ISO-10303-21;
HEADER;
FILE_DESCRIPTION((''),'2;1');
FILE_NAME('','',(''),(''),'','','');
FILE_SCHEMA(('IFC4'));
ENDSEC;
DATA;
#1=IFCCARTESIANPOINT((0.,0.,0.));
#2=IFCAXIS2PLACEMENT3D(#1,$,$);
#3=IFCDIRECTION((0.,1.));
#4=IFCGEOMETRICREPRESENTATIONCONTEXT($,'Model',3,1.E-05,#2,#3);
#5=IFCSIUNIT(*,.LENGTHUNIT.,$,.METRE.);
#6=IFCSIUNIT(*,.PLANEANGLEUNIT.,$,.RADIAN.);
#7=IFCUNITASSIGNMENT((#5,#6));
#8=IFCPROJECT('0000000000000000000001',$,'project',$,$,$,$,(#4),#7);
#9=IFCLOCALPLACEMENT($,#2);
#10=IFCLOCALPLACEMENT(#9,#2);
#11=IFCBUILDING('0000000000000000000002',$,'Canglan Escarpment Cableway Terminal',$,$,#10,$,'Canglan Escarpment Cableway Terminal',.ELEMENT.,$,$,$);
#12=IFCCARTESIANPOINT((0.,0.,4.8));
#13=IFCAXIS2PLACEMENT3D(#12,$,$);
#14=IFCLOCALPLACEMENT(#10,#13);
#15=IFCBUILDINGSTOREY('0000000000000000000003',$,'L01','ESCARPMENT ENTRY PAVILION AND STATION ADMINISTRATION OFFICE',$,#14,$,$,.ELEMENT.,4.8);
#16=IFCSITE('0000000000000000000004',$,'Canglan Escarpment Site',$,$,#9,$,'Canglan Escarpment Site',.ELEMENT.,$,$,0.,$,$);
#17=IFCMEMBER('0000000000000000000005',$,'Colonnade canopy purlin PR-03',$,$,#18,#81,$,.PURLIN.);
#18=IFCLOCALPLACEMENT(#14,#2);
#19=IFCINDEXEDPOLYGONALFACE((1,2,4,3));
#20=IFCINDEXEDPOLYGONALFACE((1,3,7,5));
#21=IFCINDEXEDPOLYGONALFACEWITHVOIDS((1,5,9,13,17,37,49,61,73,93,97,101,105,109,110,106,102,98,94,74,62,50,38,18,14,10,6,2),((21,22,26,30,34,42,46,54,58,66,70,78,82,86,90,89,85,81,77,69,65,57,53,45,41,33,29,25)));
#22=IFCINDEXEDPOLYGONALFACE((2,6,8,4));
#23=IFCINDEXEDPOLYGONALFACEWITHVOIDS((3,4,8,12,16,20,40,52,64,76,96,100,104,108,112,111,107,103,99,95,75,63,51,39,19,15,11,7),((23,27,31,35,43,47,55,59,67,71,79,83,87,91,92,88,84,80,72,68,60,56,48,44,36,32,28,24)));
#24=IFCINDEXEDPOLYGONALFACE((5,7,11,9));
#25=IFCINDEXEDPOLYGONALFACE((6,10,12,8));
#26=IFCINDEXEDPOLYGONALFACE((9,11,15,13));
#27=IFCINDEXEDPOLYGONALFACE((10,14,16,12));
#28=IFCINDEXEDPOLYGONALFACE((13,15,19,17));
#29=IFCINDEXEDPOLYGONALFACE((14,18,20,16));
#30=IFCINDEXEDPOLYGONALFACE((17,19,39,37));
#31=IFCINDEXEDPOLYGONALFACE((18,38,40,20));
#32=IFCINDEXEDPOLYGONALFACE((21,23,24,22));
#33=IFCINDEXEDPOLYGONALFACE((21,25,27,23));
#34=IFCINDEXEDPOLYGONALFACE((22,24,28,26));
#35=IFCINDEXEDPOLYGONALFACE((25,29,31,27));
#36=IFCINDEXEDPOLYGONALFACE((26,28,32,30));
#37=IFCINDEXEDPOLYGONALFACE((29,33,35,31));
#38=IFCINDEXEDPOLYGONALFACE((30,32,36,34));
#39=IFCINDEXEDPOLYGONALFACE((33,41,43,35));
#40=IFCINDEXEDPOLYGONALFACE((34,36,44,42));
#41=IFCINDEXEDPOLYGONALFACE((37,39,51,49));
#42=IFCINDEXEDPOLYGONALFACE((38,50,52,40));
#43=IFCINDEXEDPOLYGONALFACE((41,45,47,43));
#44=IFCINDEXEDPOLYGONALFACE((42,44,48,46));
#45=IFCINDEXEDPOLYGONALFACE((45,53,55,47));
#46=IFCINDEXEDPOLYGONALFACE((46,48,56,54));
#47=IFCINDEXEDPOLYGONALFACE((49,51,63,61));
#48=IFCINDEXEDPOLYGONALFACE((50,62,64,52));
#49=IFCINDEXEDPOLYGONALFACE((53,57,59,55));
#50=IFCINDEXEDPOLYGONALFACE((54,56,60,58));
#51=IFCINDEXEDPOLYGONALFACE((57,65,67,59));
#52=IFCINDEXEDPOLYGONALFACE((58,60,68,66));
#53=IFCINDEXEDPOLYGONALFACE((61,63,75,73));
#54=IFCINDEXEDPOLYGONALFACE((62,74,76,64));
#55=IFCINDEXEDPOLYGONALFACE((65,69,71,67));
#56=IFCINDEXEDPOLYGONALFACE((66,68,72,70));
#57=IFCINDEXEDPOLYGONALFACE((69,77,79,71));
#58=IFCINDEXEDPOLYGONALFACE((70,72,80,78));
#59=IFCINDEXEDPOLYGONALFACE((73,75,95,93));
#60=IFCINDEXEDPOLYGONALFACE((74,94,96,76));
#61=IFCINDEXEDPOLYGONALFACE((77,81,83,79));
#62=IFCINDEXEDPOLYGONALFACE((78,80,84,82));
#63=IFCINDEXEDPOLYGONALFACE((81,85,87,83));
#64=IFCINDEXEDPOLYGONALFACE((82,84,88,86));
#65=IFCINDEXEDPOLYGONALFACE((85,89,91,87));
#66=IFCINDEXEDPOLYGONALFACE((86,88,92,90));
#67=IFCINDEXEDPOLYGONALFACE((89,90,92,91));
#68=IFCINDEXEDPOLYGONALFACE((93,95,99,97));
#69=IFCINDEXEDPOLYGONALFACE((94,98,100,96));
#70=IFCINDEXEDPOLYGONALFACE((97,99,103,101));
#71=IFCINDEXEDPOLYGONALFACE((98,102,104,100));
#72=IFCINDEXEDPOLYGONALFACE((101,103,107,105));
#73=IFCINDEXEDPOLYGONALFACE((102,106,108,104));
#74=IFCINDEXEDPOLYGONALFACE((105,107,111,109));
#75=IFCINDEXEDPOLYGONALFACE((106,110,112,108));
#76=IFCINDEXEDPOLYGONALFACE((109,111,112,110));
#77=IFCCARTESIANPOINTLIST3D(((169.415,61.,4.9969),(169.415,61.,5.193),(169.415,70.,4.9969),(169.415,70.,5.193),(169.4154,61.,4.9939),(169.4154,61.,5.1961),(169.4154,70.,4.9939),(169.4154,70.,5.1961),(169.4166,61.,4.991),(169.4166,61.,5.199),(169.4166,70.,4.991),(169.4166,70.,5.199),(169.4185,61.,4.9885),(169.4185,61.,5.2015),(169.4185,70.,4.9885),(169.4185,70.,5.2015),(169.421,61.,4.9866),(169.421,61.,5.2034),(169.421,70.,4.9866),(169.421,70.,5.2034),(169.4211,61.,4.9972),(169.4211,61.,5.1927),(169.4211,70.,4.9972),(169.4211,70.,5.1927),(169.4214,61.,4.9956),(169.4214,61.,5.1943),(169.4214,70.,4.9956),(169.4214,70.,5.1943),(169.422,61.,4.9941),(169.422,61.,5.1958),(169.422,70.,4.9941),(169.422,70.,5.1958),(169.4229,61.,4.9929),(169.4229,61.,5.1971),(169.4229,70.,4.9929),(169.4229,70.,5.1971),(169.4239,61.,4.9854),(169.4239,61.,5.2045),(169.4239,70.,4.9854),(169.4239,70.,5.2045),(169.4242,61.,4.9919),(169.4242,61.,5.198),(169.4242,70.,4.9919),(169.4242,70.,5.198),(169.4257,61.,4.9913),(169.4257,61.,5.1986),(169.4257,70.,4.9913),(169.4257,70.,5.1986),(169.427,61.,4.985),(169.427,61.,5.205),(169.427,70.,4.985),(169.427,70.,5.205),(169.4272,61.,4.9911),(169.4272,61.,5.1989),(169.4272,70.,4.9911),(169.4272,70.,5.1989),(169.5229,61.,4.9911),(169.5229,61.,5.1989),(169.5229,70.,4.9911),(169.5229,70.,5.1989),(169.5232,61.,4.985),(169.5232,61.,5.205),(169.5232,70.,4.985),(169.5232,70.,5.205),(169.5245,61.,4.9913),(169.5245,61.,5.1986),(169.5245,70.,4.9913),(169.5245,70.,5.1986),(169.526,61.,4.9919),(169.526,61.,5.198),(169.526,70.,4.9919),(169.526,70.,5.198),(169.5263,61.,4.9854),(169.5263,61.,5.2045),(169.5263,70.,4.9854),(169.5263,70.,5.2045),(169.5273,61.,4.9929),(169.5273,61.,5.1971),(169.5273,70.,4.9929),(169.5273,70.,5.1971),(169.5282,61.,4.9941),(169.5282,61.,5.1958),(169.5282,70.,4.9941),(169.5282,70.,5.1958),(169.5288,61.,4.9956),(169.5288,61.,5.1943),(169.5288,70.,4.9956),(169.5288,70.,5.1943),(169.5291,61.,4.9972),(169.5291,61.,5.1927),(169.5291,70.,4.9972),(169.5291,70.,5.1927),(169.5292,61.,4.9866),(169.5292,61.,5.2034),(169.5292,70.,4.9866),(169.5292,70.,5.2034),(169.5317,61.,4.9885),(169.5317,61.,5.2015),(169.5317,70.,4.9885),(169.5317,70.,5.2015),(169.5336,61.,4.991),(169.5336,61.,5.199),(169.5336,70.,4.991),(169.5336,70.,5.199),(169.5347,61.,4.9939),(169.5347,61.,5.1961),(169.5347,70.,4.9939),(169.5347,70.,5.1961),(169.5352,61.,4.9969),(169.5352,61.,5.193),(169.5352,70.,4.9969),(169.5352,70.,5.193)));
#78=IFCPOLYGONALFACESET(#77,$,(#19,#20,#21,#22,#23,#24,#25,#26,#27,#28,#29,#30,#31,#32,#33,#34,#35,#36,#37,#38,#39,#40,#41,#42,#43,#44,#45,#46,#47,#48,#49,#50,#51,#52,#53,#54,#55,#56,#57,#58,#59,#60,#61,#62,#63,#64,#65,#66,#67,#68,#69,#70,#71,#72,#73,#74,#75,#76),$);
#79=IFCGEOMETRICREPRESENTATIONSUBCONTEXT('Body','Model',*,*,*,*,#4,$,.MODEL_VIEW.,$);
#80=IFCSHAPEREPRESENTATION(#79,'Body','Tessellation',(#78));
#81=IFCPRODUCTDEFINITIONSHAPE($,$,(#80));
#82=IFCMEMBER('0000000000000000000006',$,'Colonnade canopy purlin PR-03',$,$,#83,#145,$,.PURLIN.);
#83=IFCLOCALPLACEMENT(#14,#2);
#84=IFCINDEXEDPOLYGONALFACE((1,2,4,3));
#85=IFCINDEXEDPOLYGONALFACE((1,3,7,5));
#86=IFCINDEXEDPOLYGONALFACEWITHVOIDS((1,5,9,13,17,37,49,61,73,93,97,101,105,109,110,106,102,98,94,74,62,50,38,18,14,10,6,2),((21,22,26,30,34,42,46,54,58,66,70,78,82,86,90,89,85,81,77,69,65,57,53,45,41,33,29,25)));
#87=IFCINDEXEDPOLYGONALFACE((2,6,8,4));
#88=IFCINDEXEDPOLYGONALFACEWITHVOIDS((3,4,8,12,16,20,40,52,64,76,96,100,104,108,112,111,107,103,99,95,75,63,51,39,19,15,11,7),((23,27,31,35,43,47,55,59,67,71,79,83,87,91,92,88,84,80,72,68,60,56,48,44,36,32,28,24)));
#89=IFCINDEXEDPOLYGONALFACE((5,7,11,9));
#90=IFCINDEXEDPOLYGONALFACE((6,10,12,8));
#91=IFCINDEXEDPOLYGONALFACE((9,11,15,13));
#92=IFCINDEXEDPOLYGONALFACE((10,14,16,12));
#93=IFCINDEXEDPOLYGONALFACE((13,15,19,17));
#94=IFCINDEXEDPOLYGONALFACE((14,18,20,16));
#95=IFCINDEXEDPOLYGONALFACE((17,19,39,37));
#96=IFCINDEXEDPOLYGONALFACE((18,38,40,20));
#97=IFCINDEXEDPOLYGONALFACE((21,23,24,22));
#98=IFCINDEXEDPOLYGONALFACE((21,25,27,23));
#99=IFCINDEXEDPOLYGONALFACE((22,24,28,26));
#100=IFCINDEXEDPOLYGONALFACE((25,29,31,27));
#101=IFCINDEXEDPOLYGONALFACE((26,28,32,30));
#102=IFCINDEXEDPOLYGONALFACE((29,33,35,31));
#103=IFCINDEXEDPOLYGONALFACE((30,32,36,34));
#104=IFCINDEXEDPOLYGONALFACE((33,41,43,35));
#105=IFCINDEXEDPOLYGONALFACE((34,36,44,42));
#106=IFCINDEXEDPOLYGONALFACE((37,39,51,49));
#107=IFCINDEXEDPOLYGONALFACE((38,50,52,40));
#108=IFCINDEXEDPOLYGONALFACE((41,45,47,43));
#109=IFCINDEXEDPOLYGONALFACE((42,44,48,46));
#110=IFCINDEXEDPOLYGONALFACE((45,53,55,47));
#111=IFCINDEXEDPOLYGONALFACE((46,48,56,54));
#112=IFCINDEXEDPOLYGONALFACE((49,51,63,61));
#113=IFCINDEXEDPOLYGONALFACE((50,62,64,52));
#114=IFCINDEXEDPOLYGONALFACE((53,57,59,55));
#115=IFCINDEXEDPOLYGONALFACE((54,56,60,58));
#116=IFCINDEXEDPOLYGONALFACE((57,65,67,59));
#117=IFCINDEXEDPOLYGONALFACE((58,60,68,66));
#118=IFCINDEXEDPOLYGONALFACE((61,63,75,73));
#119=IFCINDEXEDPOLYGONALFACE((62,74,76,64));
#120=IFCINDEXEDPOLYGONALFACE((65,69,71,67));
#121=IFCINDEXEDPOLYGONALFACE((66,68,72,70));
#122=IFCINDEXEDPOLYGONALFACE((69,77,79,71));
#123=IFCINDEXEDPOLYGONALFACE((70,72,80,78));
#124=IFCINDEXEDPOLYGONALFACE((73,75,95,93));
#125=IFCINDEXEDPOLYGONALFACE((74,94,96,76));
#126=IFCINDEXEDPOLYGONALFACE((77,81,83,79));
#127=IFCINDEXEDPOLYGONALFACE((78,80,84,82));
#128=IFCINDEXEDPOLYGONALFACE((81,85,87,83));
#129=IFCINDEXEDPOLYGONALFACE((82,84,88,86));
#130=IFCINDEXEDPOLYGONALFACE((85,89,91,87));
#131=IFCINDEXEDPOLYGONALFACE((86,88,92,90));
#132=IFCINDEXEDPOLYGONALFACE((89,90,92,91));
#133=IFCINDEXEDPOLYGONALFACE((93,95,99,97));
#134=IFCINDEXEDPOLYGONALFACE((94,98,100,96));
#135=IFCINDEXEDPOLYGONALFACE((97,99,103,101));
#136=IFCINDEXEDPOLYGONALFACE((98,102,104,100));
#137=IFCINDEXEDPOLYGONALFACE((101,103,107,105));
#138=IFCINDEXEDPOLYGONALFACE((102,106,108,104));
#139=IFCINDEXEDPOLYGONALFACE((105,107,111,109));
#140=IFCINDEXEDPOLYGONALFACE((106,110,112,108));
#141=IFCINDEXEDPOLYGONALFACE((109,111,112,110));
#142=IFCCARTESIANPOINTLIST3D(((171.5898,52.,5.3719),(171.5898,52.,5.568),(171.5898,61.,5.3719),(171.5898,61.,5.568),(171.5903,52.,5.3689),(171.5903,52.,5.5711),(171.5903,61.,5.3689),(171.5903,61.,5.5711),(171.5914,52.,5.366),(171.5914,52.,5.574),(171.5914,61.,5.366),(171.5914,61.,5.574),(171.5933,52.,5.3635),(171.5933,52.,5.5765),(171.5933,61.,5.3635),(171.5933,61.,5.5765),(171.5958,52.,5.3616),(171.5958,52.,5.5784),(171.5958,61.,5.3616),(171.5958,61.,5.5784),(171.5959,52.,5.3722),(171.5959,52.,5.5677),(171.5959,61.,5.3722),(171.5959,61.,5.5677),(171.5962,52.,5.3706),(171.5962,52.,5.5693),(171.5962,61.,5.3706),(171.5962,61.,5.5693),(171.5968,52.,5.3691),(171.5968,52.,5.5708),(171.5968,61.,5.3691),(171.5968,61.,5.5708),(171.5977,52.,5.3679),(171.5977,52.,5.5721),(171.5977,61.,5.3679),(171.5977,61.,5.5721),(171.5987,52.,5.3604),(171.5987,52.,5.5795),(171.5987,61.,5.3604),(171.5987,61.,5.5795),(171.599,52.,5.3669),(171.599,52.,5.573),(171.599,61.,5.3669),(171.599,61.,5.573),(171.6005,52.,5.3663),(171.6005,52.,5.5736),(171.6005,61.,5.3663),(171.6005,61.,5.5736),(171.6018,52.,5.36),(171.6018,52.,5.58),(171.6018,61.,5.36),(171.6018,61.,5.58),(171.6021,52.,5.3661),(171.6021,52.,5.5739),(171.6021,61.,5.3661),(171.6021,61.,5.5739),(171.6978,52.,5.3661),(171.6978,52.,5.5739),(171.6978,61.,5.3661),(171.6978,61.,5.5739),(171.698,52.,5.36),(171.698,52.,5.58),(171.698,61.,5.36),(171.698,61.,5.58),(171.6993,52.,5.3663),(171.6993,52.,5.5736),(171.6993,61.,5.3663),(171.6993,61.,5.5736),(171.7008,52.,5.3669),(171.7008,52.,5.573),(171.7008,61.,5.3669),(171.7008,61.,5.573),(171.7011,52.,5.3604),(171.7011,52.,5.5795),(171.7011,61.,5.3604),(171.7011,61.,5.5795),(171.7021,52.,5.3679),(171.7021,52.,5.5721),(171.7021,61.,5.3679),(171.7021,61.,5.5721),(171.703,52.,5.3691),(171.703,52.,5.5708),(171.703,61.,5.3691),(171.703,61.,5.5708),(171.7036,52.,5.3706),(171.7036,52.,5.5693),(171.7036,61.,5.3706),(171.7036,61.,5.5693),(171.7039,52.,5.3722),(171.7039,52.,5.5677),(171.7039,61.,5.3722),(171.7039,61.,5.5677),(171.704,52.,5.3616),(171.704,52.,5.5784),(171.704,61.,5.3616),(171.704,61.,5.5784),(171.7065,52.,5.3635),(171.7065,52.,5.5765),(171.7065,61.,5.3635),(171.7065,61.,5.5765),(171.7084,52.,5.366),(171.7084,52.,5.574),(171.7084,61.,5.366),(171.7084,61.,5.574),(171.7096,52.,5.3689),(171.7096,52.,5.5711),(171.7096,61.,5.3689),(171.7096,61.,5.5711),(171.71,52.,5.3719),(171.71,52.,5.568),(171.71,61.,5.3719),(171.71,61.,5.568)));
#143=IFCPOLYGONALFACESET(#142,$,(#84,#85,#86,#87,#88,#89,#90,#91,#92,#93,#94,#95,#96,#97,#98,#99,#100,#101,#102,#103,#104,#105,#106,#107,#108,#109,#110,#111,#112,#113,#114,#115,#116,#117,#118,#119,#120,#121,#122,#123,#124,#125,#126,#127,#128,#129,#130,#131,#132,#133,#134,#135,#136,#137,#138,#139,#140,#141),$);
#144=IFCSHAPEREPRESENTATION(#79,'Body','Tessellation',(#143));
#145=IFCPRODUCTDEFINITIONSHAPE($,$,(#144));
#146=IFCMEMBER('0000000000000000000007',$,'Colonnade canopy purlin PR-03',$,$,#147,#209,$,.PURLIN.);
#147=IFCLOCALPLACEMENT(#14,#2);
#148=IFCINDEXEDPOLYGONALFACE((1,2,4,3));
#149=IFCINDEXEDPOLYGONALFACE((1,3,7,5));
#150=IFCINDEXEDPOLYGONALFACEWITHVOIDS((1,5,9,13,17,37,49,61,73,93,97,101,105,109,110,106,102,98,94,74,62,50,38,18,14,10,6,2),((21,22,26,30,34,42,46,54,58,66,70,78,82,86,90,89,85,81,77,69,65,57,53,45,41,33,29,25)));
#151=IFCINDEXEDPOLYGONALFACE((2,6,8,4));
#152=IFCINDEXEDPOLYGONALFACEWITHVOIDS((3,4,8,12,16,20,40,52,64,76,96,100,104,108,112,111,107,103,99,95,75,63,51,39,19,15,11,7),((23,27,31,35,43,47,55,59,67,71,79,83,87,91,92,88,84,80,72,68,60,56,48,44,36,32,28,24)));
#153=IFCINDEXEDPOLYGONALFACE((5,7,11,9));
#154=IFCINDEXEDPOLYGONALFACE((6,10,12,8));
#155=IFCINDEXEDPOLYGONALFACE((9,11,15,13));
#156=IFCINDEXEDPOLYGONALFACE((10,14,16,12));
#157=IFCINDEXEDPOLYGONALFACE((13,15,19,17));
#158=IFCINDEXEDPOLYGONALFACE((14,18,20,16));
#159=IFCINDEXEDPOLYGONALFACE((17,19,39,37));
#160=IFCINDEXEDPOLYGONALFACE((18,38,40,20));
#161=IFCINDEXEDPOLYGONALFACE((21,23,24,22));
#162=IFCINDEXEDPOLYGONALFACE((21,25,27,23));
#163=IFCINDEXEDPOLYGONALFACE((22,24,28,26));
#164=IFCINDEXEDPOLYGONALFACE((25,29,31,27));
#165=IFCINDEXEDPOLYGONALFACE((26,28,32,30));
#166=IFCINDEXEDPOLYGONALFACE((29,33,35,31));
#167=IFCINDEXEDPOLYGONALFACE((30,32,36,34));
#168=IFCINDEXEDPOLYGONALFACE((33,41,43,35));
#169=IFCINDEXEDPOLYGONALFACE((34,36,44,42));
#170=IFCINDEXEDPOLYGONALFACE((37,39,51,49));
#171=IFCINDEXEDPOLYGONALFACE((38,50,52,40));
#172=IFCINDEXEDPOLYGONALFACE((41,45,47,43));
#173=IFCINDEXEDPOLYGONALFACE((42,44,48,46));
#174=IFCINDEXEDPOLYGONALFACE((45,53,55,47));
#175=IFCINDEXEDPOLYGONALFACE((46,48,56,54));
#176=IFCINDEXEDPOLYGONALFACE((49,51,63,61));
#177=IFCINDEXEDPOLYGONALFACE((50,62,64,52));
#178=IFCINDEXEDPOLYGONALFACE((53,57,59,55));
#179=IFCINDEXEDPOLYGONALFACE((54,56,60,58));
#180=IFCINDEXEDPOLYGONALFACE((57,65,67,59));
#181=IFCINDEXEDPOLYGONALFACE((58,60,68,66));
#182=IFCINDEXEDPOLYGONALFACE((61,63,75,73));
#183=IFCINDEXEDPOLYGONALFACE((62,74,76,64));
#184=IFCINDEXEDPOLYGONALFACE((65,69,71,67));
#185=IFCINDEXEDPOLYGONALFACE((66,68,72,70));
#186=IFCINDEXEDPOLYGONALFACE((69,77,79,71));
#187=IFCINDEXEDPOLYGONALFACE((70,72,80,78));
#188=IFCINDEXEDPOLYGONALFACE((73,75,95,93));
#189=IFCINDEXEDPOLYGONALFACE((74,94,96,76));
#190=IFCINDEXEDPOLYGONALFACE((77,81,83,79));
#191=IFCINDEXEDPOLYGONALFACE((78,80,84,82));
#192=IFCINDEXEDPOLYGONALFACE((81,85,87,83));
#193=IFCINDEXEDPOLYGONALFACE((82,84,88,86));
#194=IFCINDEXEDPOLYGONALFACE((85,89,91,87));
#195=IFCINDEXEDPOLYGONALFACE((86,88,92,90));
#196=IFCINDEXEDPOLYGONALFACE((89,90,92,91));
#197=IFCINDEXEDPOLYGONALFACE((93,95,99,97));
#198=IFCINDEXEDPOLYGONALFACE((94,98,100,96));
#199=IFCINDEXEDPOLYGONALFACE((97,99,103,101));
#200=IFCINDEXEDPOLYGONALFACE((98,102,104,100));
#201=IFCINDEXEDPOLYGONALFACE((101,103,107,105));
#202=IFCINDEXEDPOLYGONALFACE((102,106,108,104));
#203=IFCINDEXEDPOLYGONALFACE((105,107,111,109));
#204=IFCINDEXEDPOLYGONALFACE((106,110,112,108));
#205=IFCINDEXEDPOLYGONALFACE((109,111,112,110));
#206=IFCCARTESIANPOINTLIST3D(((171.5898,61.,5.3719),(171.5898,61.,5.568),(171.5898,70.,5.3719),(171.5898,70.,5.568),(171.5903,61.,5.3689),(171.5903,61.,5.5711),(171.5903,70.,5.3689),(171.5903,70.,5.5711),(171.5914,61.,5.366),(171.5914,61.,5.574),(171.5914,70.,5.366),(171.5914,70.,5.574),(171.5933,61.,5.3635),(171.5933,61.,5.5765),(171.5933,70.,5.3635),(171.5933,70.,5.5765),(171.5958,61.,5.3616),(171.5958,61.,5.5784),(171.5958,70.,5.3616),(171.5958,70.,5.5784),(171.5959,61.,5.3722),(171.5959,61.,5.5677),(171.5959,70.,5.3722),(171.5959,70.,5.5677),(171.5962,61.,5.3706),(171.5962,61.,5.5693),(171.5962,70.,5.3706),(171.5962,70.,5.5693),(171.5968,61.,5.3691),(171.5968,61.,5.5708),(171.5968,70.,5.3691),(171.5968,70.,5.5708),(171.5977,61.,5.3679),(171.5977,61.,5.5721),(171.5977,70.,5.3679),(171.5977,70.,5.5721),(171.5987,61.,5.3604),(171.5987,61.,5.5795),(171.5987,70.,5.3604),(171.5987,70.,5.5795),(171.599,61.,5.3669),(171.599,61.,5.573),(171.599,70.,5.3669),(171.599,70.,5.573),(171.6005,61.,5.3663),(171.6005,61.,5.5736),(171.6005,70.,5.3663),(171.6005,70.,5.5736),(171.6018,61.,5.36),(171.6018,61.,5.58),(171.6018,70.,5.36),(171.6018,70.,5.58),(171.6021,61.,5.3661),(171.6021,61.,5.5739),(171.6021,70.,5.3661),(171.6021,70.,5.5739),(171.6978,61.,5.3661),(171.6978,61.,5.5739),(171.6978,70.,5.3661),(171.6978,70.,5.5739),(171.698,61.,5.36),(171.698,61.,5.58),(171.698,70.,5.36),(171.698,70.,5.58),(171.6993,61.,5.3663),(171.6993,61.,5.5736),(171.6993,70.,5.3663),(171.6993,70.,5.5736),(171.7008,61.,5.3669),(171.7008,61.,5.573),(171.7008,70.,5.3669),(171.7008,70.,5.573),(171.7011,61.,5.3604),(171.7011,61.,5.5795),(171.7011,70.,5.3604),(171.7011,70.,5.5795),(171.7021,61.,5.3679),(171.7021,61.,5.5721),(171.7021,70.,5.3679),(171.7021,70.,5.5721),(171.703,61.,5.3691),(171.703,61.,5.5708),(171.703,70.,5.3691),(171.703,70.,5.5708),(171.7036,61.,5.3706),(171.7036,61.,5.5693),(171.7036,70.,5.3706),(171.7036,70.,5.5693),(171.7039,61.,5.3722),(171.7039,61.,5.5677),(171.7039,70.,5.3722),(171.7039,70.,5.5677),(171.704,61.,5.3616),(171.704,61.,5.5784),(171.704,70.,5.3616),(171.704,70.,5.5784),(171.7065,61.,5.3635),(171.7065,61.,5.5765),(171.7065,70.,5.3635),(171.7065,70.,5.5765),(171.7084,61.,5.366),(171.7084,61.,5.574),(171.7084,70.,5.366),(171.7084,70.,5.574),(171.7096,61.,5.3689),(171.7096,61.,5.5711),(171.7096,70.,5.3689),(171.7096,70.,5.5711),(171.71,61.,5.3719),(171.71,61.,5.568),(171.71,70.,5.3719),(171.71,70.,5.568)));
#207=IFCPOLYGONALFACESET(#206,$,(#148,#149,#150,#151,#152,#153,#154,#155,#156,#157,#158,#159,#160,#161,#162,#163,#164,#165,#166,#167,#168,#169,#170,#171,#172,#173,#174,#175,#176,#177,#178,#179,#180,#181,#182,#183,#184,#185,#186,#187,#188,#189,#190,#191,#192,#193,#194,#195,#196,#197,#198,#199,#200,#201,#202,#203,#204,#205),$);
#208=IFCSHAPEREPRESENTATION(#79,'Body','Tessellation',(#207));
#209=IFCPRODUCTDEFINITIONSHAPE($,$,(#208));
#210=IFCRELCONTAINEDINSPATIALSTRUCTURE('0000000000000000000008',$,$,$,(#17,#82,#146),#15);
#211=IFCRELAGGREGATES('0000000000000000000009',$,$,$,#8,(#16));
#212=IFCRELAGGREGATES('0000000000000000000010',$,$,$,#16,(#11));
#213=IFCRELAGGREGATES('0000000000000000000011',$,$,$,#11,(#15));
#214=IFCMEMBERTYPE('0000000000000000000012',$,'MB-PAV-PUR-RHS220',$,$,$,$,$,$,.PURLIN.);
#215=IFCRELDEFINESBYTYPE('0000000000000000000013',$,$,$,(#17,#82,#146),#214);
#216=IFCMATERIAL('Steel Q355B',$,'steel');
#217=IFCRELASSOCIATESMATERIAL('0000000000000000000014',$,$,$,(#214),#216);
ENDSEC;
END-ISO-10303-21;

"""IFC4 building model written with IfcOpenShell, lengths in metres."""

from ifc_helpers import new_model, si_unit, direction, frame, origin, origin_2d, place, context, subcontext, project, spatial, hollow_rectangle, extrude, material, material_profile, profile_set, type_object, element, save


model = new_model("IFC4")

# Units and contexts
model_context = context("Model", 3, precision=1e-05, world=origin(), true_north=direction((0.0, 1.0)))
body_context = subcontext(model_context, "Body", "Model", "MODEL_VIEW")
ifc_project = project(units=[si_unit("LENGTHUNIT", "METRE"), si_unit("PLANEANGLEUNIT", "RADIAN")], contexts=[model_context])

# Site, building, storey
site_placement = place(None, origin())
site = spatial("IfcSite", under=ifc_project, at=site_placement, Name="Canglan Escarpment Site", LongName="Canglan Escarpment Site", CompositionType="ELEMENT", RefElevation=0.0)
building_placement = place(site_placement, origin())
building = spatial("IfcBuilding", under=site, at=building_placement, Name="Canglan Escarpment Cableway Terminal", LongName="Canglan Escarpment Cableway Terminal", CompositionType="ELEMENT")
storey_placement = place(building_placement, frame((0.0, 0.0, 4.8)))
storey = spatial("IfcBuildingStorey", under=building, at=storey_placement, Name="L01", Description="ESCARPMENT ENTRY PAVILION AND STATION ADMINISTRATION OFFICE", CompositionType="ELEMENT", Elevation=4.8)

# Shared definitions
ifc_material_1 = material(Name="Steel Q355B", Category="steel")

# Members
ifc_material_profile_1 = material_profile(ifc_material_1, hollow_rectangle(XDim=0.1201, YDim=0.22, WallThickness=0.0061, InnerFilletRadius=0.0061, OuterFilletRadius=0.012, at=origin_2d()), Name="RHS 220x120x6")
ifc_profile_set_1 = profile_set([ifc_material_profile_1], Name="Steel Q355B")
member_type_1 = type_object("IfcMemberType", Name="MB-PAV-PUR-RHS220", PredefinedType="PURLIN", material=ifc_profile_set_1)
for number, where, z_axis, x_axis, name in (
    (1, (169.4751, 61.0, 5.095), (0.0, 1.0, 0.0), (-1.0, 0.0, 0.0), "Colonnade canopy purlin PR-03"),
    (2, (171.6499, 52.0, 5.47), (0.0, 1.0, 0.0), (-1.0, 0.0, 0.0), "Colonnade canopy purlin PR-03"),
    (3, (171.6499, 61.0, 5.47), (0.0, 1.0, 0.0), (-1.0, 0.0, 0.0), "Colonnade canopy purlin PR-03"),
):
    element("IfcMember", number, at=place(storey_placement, frame(where, z_axis=z_axis, x_axis=x_axis)), inside=storey, type_object=member_type_1, Name=name, PredefinedType="PURLIN", context=body_context, shape_type="SweptSolid", body=[
        extrude(hollow_rectangle(XDim=0.1201, YDim=0.22, WallThickness=0.0061, InnerFilletRadius=0.0061, OuterFilletRadius=0.012, at=origin_2d()), origin(), (0.0, 0.0, 1.0), 9.0),
    ])

save(model, "model.ifc")
